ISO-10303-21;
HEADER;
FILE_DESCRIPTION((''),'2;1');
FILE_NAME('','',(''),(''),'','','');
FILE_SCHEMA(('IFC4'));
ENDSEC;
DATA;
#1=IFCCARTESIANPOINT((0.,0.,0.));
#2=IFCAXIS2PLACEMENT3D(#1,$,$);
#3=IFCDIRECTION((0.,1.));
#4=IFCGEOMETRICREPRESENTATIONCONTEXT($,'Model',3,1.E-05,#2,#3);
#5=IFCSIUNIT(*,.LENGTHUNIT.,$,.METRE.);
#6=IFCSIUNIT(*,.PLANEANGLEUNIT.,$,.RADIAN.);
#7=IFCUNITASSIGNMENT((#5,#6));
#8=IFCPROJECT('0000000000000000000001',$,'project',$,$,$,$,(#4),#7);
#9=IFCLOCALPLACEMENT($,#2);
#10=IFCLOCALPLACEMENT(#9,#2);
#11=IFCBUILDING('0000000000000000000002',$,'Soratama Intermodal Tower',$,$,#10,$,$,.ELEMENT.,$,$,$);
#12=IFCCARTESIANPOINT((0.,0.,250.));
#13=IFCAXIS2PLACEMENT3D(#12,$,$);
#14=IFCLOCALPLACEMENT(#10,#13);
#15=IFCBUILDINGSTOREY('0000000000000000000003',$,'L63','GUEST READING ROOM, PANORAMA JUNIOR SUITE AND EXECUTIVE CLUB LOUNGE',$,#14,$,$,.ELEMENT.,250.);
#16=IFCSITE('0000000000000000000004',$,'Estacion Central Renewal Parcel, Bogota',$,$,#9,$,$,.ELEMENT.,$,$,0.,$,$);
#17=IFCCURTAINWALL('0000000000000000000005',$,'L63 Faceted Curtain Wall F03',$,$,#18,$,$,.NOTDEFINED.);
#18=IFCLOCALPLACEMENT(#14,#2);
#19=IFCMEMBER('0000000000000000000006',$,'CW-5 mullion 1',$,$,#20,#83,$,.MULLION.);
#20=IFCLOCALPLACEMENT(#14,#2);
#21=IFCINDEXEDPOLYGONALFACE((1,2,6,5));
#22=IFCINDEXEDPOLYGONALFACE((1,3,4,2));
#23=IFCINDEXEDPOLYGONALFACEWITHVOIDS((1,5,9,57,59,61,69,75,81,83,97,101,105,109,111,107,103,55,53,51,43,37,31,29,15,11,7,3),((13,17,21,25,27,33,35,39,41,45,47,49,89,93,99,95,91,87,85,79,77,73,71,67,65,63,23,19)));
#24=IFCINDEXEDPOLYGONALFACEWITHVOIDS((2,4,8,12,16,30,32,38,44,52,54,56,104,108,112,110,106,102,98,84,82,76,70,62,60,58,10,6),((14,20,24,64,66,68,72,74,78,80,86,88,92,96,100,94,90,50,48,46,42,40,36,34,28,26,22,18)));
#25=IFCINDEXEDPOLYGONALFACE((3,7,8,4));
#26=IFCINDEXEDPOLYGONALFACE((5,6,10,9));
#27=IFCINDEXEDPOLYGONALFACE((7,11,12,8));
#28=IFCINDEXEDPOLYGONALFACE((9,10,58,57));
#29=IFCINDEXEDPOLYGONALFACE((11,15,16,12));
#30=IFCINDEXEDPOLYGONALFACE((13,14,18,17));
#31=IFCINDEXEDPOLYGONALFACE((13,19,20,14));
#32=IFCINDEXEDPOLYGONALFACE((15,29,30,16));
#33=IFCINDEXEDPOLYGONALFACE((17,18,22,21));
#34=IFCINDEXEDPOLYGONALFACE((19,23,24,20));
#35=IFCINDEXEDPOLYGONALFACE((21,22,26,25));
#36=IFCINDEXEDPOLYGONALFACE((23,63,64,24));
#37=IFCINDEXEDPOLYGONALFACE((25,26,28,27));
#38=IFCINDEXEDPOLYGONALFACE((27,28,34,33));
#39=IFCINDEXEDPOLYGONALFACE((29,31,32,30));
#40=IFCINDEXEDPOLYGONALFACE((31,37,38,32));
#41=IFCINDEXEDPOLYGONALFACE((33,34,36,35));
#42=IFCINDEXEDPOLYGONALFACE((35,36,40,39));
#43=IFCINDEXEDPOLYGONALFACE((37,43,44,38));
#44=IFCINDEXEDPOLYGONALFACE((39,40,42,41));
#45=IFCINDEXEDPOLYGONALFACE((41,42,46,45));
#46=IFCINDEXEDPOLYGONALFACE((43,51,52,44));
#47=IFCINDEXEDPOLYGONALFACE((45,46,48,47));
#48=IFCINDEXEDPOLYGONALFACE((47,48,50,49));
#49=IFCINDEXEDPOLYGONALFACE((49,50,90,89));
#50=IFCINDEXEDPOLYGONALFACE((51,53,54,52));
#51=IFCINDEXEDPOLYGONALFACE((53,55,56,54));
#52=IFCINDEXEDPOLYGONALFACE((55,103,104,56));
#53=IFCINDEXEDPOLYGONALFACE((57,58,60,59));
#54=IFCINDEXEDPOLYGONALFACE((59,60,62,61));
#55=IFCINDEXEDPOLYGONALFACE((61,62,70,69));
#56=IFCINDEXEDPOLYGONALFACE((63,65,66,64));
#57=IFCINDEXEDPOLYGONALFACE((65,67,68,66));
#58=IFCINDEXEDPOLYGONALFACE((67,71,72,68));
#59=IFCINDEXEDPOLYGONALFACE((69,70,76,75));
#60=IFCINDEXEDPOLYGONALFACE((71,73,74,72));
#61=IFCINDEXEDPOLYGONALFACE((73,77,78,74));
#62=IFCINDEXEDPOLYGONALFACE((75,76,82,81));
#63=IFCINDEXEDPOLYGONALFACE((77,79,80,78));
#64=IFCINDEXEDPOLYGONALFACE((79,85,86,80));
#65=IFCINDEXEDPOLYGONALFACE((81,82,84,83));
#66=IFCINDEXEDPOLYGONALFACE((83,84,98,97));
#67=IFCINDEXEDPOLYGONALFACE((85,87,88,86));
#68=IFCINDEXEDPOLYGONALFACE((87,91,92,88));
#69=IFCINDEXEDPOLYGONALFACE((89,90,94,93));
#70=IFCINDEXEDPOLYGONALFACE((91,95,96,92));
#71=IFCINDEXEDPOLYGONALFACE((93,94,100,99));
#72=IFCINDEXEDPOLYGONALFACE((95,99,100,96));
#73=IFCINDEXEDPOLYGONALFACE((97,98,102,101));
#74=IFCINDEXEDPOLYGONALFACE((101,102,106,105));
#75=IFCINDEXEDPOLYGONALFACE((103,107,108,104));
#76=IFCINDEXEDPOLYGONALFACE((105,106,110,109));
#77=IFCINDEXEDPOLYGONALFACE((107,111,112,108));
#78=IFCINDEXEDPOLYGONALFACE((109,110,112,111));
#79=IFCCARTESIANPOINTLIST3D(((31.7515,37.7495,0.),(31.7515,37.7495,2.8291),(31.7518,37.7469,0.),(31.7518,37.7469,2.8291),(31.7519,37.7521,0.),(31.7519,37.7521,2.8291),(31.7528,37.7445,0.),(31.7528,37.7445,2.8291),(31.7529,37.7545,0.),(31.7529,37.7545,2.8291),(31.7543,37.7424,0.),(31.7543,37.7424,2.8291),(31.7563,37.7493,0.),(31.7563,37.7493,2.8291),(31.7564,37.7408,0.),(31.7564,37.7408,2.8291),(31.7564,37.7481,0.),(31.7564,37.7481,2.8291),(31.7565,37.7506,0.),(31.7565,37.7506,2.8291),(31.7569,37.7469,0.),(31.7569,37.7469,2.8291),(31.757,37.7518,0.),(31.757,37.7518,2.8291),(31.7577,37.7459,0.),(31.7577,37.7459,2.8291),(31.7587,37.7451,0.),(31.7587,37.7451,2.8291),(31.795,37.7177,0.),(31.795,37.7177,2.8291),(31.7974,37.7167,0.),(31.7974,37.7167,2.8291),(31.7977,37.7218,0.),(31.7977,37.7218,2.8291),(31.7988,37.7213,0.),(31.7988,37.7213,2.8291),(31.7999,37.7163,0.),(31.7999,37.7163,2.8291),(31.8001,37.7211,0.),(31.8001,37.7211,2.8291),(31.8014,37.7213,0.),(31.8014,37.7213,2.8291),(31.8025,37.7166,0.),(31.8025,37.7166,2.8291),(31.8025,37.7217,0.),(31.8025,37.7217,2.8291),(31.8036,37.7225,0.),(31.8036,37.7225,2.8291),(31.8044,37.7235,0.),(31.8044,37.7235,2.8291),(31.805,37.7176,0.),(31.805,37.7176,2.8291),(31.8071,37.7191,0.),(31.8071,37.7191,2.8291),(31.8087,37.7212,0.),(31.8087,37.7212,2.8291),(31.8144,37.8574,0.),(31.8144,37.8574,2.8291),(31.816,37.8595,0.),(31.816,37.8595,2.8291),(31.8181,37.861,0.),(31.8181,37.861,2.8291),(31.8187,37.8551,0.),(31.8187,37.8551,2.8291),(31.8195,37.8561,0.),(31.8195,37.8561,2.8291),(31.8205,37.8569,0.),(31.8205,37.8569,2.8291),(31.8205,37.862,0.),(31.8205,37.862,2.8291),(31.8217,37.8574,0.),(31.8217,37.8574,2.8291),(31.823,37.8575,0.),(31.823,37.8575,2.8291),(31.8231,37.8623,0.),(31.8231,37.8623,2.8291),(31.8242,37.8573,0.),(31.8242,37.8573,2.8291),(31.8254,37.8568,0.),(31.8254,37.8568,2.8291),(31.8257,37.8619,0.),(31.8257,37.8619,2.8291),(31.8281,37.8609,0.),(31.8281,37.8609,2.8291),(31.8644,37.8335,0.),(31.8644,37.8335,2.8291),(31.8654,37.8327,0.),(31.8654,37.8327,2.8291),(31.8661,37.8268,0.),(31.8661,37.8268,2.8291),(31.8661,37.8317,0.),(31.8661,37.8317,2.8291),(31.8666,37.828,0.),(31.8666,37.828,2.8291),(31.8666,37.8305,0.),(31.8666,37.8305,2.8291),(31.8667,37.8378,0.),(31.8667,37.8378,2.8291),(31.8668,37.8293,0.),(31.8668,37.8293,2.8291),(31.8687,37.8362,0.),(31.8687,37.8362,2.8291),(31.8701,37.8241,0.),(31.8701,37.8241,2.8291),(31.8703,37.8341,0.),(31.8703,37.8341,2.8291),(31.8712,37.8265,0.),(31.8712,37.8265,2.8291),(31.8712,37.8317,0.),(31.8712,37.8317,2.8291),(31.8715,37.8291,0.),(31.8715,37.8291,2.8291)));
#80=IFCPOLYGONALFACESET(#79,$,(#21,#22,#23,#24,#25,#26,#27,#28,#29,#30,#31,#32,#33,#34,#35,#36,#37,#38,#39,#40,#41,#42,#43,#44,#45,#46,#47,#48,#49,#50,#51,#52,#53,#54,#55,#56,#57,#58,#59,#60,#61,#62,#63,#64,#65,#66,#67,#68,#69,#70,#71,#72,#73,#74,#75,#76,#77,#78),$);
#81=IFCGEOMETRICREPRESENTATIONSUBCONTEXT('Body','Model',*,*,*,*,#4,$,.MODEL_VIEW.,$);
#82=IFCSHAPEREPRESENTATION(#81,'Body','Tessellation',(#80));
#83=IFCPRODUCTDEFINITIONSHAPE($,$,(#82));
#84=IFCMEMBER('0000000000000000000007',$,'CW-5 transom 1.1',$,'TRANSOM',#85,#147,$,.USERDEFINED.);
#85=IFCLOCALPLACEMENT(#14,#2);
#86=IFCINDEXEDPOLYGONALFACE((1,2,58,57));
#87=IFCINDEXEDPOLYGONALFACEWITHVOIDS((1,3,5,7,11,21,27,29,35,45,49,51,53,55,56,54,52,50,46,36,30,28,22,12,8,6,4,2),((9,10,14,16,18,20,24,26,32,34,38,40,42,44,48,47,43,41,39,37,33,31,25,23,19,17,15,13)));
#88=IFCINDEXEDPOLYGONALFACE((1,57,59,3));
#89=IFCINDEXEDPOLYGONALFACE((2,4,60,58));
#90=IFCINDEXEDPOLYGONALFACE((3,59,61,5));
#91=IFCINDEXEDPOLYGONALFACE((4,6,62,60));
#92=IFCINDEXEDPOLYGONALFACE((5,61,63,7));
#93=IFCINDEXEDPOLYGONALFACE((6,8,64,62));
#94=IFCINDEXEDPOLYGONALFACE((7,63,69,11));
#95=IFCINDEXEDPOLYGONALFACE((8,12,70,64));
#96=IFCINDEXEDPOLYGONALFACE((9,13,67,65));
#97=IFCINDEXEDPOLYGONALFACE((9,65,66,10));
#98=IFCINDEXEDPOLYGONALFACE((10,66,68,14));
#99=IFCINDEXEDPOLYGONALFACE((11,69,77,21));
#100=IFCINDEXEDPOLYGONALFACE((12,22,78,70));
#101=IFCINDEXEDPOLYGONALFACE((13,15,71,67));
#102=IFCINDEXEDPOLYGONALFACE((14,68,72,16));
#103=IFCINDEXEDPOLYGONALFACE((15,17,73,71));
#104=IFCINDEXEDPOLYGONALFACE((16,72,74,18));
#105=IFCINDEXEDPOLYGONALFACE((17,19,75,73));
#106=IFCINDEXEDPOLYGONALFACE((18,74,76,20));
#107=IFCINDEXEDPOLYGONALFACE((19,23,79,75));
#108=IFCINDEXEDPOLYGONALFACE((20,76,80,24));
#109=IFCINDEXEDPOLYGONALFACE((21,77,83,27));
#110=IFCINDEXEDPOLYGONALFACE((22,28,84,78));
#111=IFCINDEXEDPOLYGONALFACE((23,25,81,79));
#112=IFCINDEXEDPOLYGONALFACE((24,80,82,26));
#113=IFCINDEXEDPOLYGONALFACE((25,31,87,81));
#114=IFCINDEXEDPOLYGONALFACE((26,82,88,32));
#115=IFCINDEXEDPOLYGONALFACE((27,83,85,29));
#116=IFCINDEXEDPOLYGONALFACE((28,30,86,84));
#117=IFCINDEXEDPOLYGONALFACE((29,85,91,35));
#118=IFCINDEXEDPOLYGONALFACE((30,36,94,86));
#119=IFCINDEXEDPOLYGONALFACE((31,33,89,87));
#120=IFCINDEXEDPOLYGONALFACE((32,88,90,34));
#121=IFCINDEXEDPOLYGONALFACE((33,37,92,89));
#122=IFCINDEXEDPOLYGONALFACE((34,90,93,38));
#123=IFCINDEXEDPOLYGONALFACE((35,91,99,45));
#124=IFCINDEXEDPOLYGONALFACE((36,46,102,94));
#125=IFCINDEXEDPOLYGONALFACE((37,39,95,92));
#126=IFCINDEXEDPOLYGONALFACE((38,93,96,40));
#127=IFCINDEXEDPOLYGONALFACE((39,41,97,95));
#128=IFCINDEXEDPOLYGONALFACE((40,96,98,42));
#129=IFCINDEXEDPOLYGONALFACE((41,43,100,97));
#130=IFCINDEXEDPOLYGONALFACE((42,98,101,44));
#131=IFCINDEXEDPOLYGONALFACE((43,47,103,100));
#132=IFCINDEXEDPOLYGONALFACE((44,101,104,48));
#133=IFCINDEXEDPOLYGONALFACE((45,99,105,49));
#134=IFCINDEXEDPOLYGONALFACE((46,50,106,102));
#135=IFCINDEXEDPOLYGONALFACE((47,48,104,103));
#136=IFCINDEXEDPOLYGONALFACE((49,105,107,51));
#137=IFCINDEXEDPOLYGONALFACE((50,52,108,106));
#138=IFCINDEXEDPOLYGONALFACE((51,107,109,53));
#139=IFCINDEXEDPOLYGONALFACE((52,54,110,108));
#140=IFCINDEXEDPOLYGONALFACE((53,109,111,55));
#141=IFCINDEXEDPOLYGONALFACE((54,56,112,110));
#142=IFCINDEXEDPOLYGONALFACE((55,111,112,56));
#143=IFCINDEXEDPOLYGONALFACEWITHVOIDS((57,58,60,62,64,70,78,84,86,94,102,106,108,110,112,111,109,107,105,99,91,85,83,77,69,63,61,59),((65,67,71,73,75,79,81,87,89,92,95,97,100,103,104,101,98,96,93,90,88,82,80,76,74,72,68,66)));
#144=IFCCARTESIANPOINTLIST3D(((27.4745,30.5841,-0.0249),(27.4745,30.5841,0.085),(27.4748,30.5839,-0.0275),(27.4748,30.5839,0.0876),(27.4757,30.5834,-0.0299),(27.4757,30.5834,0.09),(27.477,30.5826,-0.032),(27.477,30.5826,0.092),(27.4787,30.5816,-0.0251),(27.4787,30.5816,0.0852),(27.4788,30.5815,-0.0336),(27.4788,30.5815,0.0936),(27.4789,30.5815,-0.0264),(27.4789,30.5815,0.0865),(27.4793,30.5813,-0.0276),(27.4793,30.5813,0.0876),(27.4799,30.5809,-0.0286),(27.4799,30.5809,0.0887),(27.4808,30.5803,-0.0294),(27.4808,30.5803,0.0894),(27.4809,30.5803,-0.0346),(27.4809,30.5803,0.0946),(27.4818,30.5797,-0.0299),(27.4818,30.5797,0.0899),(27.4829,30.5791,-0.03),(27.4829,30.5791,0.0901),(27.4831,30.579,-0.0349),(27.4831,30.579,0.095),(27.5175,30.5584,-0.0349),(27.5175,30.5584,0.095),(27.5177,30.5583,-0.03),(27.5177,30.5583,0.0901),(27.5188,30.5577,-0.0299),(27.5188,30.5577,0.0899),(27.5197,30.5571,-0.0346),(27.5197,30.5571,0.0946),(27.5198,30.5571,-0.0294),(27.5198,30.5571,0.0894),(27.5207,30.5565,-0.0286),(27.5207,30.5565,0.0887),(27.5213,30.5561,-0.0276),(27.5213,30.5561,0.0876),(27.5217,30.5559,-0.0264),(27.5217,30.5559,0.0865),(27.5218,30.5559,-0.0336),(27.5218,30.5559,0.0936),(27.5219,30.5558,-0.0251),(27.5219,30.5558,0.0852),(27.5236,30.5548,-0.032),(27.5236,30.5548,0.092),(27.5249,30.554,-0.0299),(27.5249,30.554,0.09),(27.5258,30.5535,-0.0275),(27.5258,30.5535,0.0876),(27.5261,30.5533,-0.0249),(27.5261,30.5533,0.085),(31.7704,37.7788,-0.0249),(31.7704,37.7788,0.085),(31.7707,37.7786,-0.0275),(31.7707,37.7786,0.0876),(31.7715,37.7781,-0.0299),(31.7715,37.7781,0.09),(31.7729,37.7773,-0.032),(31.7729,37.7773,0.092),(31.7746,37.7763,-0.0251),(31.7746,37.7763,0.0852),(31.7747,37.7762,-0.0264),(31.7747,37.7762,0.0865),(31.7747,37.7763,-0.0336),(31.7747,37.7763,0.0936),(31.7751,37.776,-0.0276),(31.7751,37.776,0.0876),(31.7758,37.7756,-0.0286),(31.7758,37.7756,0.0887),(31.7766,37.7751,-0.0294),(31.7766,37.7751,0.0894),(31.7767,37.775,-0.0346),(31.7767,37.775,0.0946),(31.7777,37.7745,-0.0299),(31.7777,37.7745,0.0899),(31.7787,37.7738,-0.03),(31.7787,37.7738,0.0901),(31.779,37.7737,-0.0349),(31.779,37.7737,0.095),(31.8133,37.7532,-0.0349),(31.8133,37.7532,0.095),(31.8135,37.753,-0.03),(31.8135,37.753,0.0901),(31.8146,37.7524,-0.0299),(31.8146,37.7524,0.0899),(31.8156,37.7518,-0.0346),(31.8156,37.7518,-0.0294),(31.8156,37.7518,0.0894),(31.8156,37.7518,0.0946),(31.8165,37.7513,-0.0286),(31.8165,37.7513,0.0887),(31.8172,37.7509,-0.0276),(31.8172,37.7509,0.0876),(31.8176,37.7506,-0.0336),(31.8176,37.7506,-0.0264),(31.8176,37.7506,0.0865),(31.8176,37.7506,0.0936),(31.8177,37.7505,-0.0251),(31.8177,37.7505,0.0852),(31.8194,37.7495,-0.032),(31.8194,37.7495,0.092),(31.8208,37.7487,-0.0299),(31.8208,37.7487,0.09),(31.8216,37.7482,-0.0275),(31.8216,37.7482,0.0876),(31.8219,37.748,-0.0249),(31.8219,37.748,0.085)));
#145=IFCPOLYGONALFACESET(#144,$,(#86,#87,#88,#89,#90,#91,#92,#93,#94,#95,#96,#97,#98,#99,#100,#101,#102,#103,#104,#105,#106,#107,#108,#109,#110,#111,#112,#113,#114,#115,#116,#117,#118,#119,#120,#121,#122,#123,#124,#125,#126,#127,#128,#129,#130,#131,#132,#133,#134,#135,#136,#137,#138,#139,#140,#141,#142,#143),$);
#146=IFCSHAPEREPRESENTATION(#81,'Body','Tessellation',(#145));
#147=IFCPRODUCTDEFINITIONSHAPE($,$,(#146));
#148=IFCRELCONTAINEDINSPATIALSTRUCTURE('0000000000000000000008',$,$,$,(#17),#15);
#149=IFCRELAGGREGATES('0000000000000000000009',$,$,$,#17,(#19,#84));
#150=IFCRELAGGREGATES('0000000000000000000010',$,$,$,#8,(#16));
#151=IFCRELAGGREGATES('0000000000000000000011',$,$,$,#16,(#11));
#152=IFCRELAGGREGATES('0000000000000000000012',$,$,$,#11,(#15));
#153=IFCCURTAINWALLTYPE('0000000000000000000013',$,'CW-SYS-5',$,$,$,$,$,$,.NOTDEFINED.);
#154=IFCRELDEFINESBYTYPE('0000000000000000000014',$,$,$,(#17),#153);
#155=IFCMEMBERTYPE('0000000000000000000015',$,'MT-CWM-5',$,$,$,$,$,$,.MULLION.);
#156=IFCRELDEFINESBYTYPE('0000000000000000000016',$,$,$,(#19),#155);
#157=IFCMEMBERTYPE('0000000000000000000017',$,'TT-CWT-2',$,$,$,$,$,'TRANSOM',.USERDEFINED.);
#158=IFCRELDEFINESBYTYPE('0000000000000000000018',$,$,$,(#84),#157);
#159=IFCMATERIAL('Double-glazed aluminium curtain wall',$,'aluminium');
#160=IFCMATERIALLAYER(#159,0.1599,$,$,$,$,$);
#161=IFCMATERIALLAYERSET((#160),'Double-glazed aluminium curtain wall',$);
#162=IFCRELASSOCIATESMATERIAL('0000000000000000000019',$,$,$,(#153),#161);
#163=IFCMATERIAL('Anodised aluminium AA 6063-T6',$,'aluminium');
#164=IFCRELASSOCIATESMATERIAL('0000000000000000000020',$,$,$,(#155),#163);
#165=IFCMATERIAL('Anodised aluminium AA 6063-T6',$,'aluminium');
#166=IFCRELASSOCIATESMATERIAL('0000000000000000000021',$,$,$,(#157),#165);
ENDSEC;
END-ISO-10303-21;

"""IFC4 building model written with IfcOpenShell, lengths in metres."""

from ifc_helpers import new_model, si_unit, direction, frame, origin, origin_2d, place, context, subcontext, project, spatial, hollow_rectangle, extrude, material, layer, layer_set, material_profile, profile_set, type_object, element, aggregate, save


model = new_model("IFC4")

# Units and contexts
model_context = context("Model", 3, precision=1e-05, world=origin(), true_north=direction((0.0, 1.0)))
body_context = subcontext(model_context, "Body", "Model", "MODEL_VIEW")
ifc_project = project(units=[si_unit("LENGTHUNIT", "METRE"), si_unit("PLANEANGLEUNIT", "RADIAN")], contexts=[model_context])

# Site, building, storey
site_placement = place(None, origin())
site = spatial("IfcSite", under=ifc_project, at=site_placement, Name="Estacion Central Renewal Parcel, Bogota", CompositionType="ELEMENT", RefElevation=0.0)
building_placement = place(site_placement, origin())
building = spatial("IfcBuilding", under=site, at=building_placement, Name="Soratama Intermodal Tower", CompositionType="ELEMENT")
storey_placement = place(building_placement, frame((0.0, 0.0, 250.0)))
storey = spatial("IfcBuildingStorey", under=building, at=storey_placement, Name="L63", Description="GUEST READING ROOM, PANORAMA JUNIOR SUITE AND EXECUTIVE CLUB LOUNGE", CompositionType="ELEMENT", Elevation=250.0)

# Shared definitions
ifc_material_1 = material(Name="Double-glazed aluminium curtain wall", Category="aluminium")
ifc_layer_1 = layer(ifc_material_1, 0.1599)
ifc_layer_set_1 = layer_set([ifc_layer_1], Name="Double-glazed aluminium curtain wall")
curtain_wall_type = type_object("IfcCurtainWallType", Name="CW-SYS-5", PredefinedType="NOTDEFINED", material=ifc_layer_set_1)
ifc_material_2 = material(Name="Anodised aluminium AA 6063-T6", Category="aluminium")
ifc_material_profile_1 = material_profile(ifc_material_2, hollow_rectangle(XDim=0.0649, YDim=0.1399, WallThickness=0.0049, InnerFilletRadius=0.0049, OuterFilletRadius=0.01, at=origin_2d()), Name="CWM140X65X5")
ifc_profile_set_1 = profile_set([ifc_material_profile_1], Name="Anodised aluminium AA 6063-T6")
member_type_1 = type_object("IfcMemberType", Name="MT-CWM-5", PredefinedType="MULLION", material=ifc_profile_set_1)

# Curtain wall, members
curtain_wall_1_placement = place(storey_placement, origin())
curtain_wall_1 = element("IfcCurtainWall", 1, at=curtain_wall_1_placement, inside=storey, type_object=curtain_wall_type, Name="L63 Faceted Curtain Wall F03", PredefinedType="NOTDEFINED")
member_1_placement = place(storey_placement, frame((31.8115, 37.7893, 0.0), z_axis=(0.0, 0.0, 1.0), x_axis=(0.858602, -0.512643, 0.0)))
member_1 = element("IfcMember", 2, at=member_1_placement, type_object=member_type_1, Name="CW-5 mullion 1", PredefinedType="MULLION", context=body_context, shape_type="SweptSolid", body=[
    extrude(hollow_rectangle(XDim=0.0649, YDim=0.1399, WallThickness=0.0049, InnerFilletRadius=0.0049, OuterFilletRadius=0.01, at=origin_2d()), origin(), (0.0, 0.0, 1.0), 2.8291),
])
ifc_material_3 = material(Name="Anodised aluminium AA 6063-T6", Category="aluminium")
ifc_material_profile_2 = material_profile(ifc_material_3, hollow_rectangle(XDim=0.0601, YDim=0.1299, WallThickness=0.0049, InnerFilletRadius=0.0049, OuterFilletRadius=0.01, at=origin_2d()), Name="CWT130X60X5")
ifc_profile_set_2 = profile_set([ifc_material_profile_2], Name="Anodised aluminium AA 6063-T6")
member_type_2 = type_object("IfcMemberType", Name="TT-CWT-2", ElementType="TRANSOM", PredefinedType="USERDEFINED", material=ifc_profile_set_2)
member_2_placement = place(storey_placement, frame((31.7961, 37.7634, 0.03), z_axis=(-0.512652, -0.858596, 0.0), x_axis=(0.858596, -0.512652, 0.0)))
member_2 = element("IfcMember", 3, at=member_2_placement, type_object=member_type_2, Name="CW-5 transom 1.1", ObjectType="TRANSOM", PredefinedType="USERDEFINED", context=body_context, shape_type="SweptSolid", body=[
    extrude(hollow_rectangle(XDim=0.0601, YDim=0.1299, WallThickness=0.0049, InnerFilletRadius=0.0049, OuterFilletRadius=0.01, at=origin_2d()), origin(), (0.0, 0.0, 1.0), 8.3796),
])

aggregate(curtain_wall_1, [member_1, member_2])

save(model, "model.ifc")
